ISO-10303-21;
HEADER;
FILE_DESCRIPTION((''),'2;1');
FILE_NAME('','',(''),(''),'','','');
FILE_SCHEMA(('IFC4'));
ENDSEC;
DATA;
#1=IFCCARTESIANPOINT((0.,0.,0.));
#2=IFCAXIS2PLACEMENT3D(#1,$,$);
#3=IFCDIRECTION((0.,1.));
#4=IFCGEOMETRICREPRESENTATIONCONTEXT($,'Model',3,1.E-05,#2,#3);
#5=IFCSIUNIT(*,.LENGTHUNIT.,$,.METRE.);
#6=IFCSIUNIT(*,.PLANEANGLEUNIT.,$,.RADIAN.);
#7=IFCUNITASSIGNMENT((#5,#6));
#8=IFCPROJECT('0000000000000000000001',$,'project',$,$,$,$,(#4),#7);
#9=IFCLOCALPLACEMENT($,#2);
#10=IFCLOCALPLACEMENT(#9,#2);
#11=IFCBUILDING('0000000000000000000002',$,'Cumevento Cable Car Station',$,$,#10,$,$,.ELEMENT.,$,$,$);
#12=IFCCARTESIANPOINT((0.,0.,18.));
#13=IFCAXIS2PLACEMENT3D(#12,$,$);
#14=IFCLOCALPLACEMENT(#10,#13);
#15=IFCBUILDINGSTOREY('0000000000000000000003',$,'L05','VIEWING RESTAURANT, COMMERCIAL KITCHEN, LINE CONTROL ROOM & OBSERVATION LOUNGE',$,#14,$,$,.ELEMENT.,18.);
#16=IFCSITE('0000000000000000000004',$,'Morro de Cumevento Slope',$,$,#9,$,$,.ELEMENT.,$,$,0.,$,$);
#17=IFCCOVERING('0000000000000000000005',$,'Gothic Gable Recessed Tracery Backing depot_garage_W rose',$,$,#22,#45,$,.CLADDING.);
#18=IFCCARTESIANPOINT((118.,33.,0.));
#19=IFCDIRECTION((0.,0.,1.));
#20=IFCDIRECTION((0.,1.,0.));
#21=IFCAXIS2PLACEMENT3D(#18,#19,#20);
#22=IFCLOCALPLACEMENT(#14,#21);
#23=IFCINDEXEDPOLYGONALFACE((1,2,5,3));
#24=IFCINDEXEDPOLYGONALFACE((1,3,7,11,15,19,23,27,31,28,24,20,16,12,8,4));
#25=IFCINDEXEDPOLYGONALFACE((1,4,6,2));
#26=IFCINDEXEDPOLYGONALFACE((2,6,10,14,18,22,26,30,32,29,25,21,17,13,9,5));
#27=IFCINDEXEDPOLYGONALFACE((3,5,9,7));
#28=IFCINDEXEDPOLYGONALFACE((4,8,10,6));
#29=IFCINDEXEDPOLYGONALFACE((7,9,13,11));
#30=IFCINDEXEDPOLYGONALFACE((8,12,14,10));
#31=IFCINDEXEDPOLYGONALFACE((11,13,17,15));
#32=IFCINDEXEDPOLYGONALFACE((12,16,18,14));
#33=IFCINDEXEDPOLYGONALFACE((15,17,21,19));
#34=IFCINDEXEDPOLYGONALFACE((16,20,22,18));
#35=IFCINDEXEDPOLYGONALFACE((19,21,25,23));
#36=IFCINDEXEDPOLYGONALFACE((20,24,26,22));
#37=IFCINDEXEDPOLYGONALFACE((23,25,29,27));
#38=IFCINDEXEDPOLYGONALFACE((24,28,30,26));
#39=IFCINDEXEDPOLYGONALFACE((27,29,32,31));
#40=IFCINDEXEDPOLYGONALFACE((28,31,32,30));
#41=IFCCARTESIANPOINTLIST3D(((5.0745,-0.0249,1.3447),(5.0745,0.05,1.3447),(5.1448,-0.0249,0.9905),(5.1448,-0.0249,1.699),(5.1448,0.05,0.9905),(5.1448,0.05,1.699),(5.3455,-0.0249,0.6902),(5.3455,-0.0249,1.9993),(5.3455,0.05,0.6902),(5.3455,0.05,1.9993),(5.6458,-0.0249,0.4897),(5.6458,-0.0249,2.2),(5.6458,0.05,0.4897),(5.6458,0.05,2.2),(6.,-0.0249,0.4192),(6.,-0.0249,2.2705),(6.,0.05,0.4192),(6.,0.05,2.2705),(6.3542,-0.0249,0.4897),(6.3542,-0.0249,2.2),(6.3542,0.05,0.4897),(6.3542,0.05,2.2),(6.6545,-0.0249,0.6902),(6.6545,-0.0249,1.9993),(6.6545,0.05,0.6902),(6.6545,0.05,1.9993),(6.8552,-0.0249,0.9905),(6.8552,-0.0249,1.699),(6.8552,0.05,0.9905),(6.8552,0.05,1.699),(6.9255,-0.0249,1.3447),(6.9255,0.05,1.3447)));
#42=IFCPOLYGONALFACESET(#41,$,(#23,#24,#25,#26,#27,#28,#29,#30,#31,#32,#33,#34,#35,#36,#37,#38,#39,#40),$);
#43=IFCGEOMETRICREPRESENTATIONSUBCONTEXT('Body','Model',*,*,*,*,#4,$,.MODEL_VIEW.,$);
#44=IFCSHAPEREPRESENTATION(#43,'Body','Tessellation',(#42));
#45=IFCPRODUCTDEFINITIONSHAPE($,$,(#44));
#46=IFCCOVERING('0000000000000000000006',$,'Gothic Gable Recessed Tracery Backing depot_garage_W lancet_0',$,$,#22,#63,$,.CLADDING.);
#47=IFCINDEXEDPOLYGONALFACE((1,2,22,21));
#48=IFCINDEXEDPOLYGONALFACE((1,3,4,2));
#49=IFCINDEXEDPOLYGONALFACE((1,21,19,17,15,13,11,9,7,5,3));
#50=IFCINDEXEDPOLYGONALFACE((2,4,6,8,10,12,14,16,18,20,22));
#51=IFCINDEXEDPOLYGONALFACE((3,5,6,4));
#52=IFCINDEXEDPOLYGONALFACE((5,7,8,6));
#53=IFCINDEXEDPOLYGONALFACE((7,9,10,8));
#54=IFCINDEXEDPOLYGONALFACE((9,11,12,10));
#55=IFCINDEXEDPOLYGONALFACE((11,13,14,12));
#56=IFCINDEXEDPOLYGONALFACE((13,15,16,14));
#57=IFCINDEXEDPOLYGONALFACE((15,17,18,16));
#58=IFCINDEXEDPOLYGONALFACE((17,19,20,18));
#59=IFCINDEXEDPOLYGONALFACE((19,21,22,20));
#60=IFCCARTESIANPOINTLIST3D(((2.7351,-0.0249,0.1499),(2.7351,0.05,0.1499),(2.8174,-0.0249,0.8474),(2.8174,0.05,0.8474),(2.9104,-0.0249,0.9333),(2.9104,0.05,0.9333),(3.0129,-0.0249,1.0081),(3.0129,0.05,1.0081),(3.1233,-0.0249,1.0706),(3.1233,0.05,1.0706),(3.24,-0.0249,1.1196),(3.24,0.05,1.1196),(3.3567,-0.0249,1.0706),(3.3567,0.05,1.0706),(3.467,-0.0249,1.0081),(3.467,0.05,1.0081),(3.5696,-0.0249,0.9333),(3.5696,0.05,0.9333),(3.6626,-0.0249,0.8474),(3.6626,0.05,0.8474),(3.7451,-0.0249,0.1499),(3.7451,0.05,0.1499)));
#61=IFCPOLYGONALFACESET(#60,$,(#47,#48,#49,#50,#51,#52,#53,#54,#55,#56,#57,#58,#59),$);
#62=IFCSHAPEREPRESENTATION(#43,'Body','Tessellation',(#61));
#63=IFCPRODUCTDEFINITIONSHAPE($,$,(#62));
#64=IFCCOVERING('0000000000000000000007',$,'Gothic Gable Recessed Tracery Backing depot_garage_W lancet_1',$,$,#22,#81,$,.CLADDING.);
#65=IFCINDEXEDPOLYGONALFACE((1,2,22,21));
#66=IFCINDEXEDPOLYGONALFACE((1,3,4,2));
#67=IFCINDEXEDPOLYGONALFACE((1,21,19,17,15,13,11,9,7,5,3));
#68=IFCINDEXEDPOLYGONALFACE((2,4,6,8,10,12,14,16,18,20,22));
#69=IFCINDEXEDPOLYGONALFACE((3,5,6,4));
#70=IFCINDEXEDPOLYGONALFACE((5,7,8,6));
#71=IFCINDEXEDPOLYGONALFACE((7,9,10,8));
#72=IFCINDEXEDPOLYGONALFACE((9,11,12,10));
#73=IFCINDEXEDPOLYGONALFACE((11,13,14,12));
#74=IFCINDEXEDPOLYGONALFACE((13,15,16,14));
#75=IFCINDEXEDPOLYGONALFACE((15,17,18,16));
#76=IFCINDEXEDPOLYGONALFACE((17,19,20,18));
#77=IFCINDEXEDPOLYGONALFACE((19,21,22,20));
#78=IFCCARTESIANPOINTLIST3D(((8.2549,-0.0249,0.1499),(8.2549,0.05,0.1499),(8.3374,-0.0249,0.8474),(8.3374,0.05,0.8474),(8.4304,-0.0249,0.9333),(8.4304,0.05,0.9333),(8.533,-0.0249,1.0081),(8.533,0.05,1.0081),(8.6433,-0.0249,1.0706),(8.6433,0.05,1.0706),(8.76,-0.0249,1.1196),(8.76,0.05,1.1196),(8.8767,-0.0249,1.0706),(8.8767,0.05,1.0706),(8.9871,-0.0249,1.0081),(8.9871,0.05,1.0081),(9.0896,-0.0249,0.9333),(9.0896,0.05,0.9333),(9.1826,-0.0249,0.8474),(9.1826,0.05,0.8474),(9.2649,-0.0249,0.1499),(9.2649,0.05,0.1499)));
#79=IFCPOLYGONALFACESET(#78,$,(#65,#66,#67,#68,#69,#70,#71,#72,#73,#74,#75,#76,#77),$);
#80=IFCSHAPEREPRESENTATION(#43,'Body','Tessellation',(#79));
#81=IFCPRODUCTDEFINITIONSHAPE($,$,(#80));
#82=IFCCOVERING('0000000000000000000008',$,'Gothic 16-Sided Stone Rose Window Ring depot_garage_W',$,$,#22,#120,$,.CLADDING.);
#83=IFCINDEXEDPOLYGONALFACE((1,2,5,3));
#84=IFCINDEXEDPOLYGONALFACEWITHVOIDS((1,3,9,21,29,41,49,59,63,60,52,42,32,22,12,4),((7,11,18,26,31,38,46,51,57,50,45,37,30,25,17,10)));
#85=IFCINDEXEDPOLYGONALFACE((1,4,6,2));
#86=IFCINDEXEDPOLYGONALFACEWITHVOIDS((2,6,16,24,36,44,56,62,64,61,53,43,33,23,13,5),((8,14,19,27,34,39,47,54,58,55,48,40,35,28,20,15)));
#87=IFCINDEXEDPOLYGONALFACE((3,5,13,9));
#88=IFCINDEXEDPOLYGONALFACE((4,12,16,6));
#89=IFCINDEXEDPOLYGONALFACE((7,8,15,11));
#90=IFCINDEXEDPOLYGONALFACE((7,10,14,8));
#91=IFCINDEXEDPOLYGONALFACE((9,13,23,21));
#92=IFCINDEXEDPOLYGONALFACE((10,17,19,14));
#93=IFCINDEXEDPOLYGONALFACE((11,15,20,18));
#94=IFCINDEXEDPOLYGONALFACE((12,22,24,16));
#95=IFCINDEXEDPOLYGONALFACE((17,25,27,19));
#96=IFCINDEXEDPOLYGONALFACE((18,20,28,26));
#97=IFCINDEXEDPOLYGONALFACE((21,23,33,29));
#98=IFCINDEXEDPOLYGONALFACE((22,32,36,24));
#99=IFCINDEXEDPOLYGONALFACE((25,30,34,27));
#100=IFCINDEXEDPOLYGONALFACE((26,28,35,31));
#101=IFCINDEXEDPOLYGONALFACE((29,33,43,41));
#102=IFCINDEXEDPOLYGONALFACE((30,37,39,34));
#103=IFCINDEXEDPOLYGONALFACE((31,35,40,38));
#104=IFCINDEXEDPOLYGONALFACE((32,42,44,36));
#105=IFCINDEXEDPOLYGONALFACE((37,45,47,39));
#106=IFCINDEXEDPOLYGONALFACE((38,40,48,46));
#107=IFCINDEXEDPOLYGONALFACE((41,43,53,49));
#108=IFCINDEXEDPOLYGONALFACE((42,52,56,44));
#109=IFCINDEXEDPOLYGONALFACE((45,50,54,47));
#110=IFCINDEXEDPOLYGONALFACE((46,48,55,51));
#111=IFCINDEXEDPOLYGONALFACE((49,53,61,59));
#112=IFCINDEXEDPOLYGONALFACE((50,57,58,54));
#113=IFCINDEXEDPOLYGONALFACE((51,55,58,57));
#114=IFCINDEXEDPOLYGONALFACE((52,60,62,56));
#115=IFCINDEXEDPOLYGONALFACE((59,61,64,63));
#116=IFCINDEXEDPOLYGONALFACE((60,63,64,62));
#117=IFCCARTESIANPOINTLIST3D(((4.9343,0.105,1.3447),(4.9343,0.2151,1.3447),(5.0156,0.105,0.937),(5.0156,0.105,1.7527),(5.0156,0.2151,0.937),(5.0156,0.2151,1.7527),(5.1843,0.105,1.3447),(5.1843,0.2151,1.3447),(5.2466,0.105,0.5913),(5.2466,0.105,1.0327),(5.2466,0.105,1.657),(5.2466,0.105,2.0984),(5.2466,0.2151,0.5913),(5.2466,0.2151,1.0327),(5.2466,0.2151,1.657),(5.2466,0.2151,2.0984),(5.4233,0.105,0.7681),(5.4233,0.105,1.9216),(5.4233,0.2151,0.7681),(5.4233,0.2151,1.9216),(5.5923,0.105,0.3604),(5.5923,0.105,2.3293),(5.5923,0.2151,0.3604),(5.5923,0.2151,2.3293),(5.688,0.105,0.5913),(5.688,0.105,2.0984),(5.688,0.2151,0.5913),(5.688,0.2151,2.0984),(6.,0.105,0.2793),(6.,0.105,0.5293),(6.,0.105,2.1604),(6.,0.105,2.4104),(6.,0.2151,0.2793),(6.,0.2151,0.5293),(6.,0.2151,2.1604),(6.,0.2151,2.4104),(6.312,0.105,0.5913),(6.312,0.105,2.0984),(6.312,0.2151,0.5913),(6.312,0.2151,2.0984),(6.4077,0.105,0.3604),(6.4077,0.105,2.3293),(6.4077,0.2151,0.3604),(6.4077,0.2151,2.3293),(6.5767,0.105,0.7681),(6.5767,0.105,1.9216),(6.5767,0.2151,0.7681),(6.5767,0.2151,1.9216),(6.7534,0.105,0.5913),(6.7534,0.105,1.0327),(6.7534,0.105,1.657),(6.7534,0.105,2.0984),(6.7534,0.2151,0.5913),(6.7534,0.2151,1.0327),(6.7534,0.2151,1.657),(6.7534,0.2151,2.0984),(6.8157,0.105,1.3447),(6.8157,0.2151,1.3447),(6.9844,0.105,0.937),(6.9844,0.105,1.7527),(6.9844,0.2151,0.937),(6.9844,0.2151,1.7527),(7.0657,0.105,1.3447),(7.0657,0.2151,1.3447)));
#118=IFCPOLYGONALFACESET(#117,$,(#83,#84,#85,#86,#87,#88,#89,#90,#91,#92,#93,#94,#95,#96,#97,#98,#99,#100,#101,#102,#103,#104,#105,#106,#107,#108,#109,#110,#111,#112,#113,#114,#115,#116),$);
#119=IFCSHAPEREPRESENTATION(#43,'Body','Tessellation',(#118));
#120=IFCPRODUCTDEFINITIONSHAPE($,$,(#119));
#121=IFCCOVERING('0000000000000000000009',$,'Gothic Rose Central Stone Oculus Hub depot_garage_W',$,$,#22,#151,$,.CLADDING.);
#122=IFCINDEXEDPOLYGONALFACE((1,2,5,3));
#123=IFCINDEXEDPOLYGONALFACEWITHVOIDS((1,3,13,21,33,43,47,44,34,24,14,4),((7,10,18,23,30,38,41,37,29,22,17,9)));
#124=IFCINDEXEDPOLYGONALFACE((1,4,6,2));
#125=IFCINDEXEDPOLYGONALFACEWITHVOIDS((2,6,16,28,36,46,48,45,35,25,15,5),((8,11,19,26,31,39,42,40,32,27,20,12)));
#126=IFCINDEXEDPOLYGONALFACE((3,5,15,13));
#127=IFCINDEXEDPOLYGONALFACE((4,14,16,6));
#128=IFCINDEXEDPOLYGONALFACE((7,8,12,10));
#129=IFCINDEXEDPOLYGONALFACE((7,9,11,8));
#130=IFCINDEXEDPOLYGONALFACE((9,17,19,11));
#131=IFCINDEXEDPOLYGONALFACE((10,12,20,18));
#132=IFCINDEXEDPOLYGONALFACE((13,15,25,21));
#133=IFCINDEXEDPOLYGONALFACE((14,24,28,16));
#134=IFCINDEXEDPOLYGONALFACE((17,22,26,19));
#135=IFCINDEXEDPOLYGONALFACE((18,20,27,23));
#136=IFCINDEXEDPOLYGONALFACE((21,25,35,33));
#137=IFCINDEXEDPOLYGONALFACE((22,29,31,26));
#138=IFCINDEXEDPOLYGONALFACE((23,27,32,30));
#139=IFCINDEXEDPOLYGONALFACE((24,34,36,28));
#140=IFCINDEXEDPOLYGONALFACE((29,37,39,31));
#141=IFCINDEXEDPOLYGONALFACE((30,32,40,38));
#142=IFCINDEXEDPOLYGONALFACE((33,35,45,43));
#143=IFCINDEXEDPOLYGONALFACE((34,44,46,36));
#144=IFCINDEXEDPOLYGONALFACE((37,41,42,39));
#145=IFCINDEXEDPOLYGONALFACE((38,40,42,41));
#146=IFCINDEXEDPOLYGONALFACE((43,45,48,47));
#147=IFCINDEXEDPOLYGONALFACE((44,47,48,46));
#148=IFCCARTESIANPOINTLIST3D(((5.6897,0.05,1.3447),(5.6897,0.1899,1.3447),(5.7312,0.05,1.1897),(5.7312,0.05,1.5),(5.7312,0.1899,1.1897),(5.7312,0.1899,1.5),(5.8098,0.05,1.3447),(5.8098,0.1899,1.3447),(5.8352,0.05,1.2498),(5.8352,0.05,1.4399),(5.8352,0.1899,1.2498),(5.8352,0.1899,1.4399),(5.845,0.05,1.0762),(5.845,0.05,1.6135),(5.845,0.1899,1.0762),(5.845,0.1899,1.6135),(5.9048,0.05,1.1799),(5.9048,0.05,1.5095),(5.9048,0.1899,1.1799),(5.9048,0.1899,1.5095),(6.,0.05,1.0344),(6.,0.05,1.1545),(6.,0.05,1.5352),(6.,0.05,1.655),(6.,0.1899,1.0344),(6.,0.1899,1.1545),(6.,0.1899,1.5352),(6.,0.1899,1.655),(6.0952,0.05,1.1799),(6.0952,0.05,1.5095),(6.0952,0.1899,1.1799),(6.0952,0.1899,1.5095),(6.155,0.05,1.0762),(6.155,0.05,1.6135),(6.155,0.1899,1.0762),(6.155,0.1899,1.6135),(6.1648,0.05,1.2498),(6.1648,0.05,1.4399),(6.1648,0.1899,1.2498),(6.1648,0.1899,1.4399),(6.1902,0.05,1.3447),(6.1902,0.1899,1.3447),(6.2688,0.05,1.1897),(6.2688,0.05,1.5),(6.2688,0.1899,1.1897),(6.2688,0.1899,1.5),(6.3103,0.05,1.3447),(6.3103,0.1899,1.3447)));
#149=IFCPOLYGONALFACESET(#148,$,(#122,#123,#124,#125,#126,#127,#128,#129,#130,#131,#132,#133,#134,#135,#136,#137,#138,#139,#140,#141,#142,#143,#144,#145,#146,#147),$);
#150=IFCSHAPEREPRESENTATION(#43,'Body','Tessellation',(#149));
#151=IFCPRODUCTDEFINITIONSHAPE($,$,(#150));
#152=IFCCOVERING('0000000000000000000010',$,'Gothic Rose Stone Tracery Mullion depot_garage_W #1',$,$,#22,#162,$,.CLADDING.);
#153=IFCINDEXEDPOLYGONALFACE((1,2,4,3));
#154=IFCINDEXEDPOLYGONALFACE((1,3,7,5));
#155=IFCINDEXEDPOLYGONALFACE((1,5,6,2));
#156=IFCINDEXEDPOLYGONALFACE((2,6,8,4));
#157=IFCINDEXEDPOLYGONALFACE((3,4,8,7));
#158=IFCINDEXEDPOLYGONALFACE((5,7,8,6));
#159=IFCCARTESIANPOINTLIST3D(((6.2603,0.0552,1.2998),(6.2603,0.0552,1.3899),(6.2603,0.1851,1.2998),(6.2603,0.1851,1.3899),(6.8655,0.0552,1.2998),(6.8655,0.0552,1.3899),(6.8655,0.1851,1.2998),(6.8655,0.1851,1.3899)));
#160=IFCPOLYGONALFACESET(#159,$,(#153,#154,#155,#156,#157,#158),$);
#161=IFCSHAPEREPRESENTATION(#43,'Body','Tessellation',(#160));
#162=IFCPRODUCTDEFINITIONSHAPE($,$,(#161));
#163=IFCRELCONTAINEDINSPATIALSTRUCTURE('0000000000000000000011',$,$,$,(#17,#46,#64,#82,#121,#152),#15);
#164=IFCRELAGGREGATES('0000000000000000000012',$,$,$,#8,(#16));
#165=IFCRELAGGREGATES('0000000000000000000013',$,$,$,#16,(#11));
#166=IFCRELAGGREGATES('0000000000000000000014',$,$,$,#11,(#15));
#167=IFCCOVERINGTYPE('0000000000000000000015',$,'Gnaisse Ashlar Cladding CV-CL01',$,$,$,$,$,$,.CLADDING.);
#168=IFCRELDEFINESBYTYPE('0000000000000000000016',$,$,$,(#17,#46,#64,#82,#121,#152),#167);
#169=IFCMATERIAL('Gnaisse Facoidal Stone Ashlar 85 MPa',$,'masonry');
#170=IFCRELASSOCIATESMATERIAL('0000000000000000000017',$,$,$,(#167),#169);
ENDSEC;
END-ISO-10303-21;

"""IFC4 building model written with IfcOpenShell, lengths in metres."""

from ifc_helpers import new_model, si_unit, direction, frame, origin, place, context, subcontext, project, spatial, polyline, outline, extrude, material, type_object, element, save


model = new_model("IFC4")

# Units and contexts
model_context = context("Model", 3, precision=1e-05, world=origin(), true_north=direction((0.0, 1.0)))
body_context = subcontext(model_context, "Body", "Model", "MODEL_VIEW")
ifc_project = project(units=[si_unit("LENGTHUNIT", "METRE"), si_unit("PLANEANGLEUNIT", "RADIAN")], contexts=[model_context])

# Site, building, storey
site_placement = place(None, origin())
site = spatial("IfcSite", under=ifc_project, at=site_placement, Name="Morro de Cumevento Slope", CompositionType="ELEMENT", RefElevation=0.0)
building_placement = place(site_placement, origin())
building = spatial("IfcBuilding", under=site, at=building_placement, Name="Cumevento Cable Car Station", CompositionType="ELEMENT")
storey_placement = place(building_placement, frame((0.0, 0.0, 18.0)))
storey = spatial("IfcBuildingStorey", under=building, at=storey_placement, Name="L05", Description="VIEWING RESTAURANT, COMMERCIAL KITCHEN, LINE CONTROL ROOM & OBSERVATION LOUNGE", CompositionType="ELEMENT", Elevation=18.0)

# Coverings
ifc_material_1 = material(Name="Gnaisse Facoidal Stone Ashlar 85 MPa", Category="masonry")
covering_type = type_object("IfcCoveringType", Name="Gnaisse Ashlar Cladding CV-CL01", PredefinedType="CLADDING", material=ifc_material_1)
placement = place(storey_placement, frame((118.0, 33.0, 0.0), z_axis=(0.0, 0.0, 1.0), x_axis=(0.0, 1.0, 0.0)))
element("IfcCovering", 1, at=placement, inside=storey, type_object=covering_type, Name="Gothic Gable Recessed Tracery Backing depot_garage_W rose", PredefinedType="CLADDING", context=body_context, shape_type="SweptSolid", body=[
    extrude(outline(polyline([(6.9255, 1.3447), (6.8552, 1.699), (6.6545, 1.9993), (6.3542, 2.2), (6.0, 2.2705), (5.6458, 2.2), (5.3455, 1.9993), (5.1448, 1.699), (5.0745, 1.3447), (5.1448, 0.9905), (5.3455, 0.6902), (5.6458, 0.4897), (6.0, 0.4192), (6.3542, 0.4897), (6.6545, 0.6902), (6.8552, 0.9905), (6.9255, 1.3447)])), frame((0.0, 0.05, 0.0), z_axis=(0.0, -1.0, 0.0), x_axis=(1.0, 0.0, 0.0)), (0.0, 0.0, 1.0), 0.075),
])
element("IfcCovering", 2, at=placement, inside=storey, type_object=covering_type, Name="Gothic Gable Recessed Tracery Backing depot_garage_W lancet_0", PredefinedType="CLADDING", context=body_context, shape_type="SweptSolid", body=[
    extrude(outline(polyline([(2.7351, 0.1499), (3.7451, 0.1499), (3.6626, 0.8474), (3.5696, 0.9333), (3.467, 1.0081), (3.3567, 1.0706), (3.24, 1.1196), (3.1233, 1.0706), (3.0129, 1.0081), (2.9104, 0.9333), (2.8174, 0.8474), (2.7351, 0.1499)])), frame((0.0, 0.05, 0.0), z_axis=(0.0, -1.0, 0.0), x_axis=(1.0, 0.0, 0.0)), (0.0, 0.0, 1.0), 0.075),
])
element("IfcCovering", 3, at=placement, inside=storey, type_object=covering_type, Name="Gothic Gable Recessed Tracery Backing depot_garage_W lancet_1", PredefinedType="CLADDING", context=body_context, shape_type="SweptSolid", body=[
    extrude(outline(polyline([(8.2549, 0.1499), (9.2649, 0.1499), (9.1826, 0.8474), (9.0896, 0.9333), (8.9871, 1.0081), (8.8767, 1.0706), (8.76, 1.1196), (8.6433, 1.0706), (8.533, 1.0081), (8.4304, 0.9333), (8.3374, 0.8474), (8.2549, 0.1499)])), frame((0.0, 0.05, 0.0), z_axis=(0.0, -1.0, 0.0), x_axis=(1.0, 0.0, 0.0)), (0.0, 0.0, 1.0), 0.075),
])
element("IfcCovering", 4, at=placement, inside=storey, type_object=covering_type, Name="Gothic 16-Sided Stone Rose Window Ring depot_garage_W", PredefinedType="CLADDING", context=body_context, shape_type="SweptSolid", body=[
    extrude(outline(polyline([(7.0657, 1.3447), (6.9844, 1.7527), (6.7534, 2.0984), (6.4077, 2.3293), (6.0, 2.4104), (5.5923, 2.3293), (5.2466, 2.0984), (5.0156, 1.7527), (4.9343, 1.3447), (5.0156, 0.937), (5.2466, 0.5913), (5.5923, 0.3604), (6.0, 0.2793), (6.4077, 0.3604), (6.7534, 0.5913), (6.9844, 0.937), (7.0657, 1.3447)]), holes=[polyline([(6.8157, 1.3447), (6.7534, 1.657), (6.5767, 1.9216), (6.312, 2.0984), (6.0, 2.1604), (5.688, 2.0984), (5.4233, 1.9216), (5.2466, 1.657), (5.1843, 1.3447), (5.2466, 1.0327), (5.4233, 0.7681), (5.688, 0.5913), (6.0, 0.5293), (6.312, 0.5913), (6.5767, 0.7681), (6.7534, 1.0327), (6.8157, 1.3447)])]), frame((0.0, 0.2151, 0.0), z_axis=(0.0, -1.0, 0.0), x_axis=(1.0, 0.0, 0.0)), (0.0, 0.0, 1.0), 0.1101),
])
element("IfcCovering", 5, at=placement, inside=storey, type_object=covering_type, Name="Gothic Rose Central Stone Oculus Hub depot_garage_W", PredefinedType="CLADDING", context=body_context, shape_type="SweptSolid", body=[
    extrude(outline(polyline([(6.3103, 1.3447), (6.2688, 1.5), (6.155, 1.6135), (6.0, 1.655), (5.845, 1.6135), (5.7312, 1.5), (5.6897, 1.3447), (5.7312, 1.1897), (5.845, 1.0762), (6.0, 1.0344), (6.155, 1.0762), (6.2688, 1.1897), (6.3103, 1.3447)]), holes=[polyline([(6.1902, 1.3447), (6.1648, 1.4399), (6.0952, 1.5095), (6.0, 1.5352), (5.9048, 1.5095), (5.8352, 1.4399), (5.8098, 1.3447), (5.8352, 1.2498), (5.9048, 1.1799), (6.0, 1.1545), (6.0952, 1.1799), (6.1648, 1.2498), (6.1902, 1.3447)])]), frame((0.0, 0.1899, 0.0), z_axis=(0.0, -1.0, 0.0), x_axis=(1.0, 0.0, 0.0)), (0.0, 0.0, 1.0), 0.1399),
])
element("IfcCovering", 6, at=placement, inside=storey, type_object=covering_type, Name="Gothic Rose Stone Tracery Mullion depot_garage_W #1", PredefinedType="CLADDING", context=body_context, shape_type="SweptSolid", body=[
    extrude(outline(polyline([(6.2603, 1.3899), (6.8655, 1.3899), (6.8655, 1.2998), (6.2603, 1.2998), (6.2603, 1.3899)])), frame((0.0, 0.1851, 0.0), z_axis=(0.0, -1.0, 0.0), x_axis=(1.0, 0.0, 0.0)), (0.0, 0.0, 1.0), 0.1299),
])

save(model, "model.ifc")
